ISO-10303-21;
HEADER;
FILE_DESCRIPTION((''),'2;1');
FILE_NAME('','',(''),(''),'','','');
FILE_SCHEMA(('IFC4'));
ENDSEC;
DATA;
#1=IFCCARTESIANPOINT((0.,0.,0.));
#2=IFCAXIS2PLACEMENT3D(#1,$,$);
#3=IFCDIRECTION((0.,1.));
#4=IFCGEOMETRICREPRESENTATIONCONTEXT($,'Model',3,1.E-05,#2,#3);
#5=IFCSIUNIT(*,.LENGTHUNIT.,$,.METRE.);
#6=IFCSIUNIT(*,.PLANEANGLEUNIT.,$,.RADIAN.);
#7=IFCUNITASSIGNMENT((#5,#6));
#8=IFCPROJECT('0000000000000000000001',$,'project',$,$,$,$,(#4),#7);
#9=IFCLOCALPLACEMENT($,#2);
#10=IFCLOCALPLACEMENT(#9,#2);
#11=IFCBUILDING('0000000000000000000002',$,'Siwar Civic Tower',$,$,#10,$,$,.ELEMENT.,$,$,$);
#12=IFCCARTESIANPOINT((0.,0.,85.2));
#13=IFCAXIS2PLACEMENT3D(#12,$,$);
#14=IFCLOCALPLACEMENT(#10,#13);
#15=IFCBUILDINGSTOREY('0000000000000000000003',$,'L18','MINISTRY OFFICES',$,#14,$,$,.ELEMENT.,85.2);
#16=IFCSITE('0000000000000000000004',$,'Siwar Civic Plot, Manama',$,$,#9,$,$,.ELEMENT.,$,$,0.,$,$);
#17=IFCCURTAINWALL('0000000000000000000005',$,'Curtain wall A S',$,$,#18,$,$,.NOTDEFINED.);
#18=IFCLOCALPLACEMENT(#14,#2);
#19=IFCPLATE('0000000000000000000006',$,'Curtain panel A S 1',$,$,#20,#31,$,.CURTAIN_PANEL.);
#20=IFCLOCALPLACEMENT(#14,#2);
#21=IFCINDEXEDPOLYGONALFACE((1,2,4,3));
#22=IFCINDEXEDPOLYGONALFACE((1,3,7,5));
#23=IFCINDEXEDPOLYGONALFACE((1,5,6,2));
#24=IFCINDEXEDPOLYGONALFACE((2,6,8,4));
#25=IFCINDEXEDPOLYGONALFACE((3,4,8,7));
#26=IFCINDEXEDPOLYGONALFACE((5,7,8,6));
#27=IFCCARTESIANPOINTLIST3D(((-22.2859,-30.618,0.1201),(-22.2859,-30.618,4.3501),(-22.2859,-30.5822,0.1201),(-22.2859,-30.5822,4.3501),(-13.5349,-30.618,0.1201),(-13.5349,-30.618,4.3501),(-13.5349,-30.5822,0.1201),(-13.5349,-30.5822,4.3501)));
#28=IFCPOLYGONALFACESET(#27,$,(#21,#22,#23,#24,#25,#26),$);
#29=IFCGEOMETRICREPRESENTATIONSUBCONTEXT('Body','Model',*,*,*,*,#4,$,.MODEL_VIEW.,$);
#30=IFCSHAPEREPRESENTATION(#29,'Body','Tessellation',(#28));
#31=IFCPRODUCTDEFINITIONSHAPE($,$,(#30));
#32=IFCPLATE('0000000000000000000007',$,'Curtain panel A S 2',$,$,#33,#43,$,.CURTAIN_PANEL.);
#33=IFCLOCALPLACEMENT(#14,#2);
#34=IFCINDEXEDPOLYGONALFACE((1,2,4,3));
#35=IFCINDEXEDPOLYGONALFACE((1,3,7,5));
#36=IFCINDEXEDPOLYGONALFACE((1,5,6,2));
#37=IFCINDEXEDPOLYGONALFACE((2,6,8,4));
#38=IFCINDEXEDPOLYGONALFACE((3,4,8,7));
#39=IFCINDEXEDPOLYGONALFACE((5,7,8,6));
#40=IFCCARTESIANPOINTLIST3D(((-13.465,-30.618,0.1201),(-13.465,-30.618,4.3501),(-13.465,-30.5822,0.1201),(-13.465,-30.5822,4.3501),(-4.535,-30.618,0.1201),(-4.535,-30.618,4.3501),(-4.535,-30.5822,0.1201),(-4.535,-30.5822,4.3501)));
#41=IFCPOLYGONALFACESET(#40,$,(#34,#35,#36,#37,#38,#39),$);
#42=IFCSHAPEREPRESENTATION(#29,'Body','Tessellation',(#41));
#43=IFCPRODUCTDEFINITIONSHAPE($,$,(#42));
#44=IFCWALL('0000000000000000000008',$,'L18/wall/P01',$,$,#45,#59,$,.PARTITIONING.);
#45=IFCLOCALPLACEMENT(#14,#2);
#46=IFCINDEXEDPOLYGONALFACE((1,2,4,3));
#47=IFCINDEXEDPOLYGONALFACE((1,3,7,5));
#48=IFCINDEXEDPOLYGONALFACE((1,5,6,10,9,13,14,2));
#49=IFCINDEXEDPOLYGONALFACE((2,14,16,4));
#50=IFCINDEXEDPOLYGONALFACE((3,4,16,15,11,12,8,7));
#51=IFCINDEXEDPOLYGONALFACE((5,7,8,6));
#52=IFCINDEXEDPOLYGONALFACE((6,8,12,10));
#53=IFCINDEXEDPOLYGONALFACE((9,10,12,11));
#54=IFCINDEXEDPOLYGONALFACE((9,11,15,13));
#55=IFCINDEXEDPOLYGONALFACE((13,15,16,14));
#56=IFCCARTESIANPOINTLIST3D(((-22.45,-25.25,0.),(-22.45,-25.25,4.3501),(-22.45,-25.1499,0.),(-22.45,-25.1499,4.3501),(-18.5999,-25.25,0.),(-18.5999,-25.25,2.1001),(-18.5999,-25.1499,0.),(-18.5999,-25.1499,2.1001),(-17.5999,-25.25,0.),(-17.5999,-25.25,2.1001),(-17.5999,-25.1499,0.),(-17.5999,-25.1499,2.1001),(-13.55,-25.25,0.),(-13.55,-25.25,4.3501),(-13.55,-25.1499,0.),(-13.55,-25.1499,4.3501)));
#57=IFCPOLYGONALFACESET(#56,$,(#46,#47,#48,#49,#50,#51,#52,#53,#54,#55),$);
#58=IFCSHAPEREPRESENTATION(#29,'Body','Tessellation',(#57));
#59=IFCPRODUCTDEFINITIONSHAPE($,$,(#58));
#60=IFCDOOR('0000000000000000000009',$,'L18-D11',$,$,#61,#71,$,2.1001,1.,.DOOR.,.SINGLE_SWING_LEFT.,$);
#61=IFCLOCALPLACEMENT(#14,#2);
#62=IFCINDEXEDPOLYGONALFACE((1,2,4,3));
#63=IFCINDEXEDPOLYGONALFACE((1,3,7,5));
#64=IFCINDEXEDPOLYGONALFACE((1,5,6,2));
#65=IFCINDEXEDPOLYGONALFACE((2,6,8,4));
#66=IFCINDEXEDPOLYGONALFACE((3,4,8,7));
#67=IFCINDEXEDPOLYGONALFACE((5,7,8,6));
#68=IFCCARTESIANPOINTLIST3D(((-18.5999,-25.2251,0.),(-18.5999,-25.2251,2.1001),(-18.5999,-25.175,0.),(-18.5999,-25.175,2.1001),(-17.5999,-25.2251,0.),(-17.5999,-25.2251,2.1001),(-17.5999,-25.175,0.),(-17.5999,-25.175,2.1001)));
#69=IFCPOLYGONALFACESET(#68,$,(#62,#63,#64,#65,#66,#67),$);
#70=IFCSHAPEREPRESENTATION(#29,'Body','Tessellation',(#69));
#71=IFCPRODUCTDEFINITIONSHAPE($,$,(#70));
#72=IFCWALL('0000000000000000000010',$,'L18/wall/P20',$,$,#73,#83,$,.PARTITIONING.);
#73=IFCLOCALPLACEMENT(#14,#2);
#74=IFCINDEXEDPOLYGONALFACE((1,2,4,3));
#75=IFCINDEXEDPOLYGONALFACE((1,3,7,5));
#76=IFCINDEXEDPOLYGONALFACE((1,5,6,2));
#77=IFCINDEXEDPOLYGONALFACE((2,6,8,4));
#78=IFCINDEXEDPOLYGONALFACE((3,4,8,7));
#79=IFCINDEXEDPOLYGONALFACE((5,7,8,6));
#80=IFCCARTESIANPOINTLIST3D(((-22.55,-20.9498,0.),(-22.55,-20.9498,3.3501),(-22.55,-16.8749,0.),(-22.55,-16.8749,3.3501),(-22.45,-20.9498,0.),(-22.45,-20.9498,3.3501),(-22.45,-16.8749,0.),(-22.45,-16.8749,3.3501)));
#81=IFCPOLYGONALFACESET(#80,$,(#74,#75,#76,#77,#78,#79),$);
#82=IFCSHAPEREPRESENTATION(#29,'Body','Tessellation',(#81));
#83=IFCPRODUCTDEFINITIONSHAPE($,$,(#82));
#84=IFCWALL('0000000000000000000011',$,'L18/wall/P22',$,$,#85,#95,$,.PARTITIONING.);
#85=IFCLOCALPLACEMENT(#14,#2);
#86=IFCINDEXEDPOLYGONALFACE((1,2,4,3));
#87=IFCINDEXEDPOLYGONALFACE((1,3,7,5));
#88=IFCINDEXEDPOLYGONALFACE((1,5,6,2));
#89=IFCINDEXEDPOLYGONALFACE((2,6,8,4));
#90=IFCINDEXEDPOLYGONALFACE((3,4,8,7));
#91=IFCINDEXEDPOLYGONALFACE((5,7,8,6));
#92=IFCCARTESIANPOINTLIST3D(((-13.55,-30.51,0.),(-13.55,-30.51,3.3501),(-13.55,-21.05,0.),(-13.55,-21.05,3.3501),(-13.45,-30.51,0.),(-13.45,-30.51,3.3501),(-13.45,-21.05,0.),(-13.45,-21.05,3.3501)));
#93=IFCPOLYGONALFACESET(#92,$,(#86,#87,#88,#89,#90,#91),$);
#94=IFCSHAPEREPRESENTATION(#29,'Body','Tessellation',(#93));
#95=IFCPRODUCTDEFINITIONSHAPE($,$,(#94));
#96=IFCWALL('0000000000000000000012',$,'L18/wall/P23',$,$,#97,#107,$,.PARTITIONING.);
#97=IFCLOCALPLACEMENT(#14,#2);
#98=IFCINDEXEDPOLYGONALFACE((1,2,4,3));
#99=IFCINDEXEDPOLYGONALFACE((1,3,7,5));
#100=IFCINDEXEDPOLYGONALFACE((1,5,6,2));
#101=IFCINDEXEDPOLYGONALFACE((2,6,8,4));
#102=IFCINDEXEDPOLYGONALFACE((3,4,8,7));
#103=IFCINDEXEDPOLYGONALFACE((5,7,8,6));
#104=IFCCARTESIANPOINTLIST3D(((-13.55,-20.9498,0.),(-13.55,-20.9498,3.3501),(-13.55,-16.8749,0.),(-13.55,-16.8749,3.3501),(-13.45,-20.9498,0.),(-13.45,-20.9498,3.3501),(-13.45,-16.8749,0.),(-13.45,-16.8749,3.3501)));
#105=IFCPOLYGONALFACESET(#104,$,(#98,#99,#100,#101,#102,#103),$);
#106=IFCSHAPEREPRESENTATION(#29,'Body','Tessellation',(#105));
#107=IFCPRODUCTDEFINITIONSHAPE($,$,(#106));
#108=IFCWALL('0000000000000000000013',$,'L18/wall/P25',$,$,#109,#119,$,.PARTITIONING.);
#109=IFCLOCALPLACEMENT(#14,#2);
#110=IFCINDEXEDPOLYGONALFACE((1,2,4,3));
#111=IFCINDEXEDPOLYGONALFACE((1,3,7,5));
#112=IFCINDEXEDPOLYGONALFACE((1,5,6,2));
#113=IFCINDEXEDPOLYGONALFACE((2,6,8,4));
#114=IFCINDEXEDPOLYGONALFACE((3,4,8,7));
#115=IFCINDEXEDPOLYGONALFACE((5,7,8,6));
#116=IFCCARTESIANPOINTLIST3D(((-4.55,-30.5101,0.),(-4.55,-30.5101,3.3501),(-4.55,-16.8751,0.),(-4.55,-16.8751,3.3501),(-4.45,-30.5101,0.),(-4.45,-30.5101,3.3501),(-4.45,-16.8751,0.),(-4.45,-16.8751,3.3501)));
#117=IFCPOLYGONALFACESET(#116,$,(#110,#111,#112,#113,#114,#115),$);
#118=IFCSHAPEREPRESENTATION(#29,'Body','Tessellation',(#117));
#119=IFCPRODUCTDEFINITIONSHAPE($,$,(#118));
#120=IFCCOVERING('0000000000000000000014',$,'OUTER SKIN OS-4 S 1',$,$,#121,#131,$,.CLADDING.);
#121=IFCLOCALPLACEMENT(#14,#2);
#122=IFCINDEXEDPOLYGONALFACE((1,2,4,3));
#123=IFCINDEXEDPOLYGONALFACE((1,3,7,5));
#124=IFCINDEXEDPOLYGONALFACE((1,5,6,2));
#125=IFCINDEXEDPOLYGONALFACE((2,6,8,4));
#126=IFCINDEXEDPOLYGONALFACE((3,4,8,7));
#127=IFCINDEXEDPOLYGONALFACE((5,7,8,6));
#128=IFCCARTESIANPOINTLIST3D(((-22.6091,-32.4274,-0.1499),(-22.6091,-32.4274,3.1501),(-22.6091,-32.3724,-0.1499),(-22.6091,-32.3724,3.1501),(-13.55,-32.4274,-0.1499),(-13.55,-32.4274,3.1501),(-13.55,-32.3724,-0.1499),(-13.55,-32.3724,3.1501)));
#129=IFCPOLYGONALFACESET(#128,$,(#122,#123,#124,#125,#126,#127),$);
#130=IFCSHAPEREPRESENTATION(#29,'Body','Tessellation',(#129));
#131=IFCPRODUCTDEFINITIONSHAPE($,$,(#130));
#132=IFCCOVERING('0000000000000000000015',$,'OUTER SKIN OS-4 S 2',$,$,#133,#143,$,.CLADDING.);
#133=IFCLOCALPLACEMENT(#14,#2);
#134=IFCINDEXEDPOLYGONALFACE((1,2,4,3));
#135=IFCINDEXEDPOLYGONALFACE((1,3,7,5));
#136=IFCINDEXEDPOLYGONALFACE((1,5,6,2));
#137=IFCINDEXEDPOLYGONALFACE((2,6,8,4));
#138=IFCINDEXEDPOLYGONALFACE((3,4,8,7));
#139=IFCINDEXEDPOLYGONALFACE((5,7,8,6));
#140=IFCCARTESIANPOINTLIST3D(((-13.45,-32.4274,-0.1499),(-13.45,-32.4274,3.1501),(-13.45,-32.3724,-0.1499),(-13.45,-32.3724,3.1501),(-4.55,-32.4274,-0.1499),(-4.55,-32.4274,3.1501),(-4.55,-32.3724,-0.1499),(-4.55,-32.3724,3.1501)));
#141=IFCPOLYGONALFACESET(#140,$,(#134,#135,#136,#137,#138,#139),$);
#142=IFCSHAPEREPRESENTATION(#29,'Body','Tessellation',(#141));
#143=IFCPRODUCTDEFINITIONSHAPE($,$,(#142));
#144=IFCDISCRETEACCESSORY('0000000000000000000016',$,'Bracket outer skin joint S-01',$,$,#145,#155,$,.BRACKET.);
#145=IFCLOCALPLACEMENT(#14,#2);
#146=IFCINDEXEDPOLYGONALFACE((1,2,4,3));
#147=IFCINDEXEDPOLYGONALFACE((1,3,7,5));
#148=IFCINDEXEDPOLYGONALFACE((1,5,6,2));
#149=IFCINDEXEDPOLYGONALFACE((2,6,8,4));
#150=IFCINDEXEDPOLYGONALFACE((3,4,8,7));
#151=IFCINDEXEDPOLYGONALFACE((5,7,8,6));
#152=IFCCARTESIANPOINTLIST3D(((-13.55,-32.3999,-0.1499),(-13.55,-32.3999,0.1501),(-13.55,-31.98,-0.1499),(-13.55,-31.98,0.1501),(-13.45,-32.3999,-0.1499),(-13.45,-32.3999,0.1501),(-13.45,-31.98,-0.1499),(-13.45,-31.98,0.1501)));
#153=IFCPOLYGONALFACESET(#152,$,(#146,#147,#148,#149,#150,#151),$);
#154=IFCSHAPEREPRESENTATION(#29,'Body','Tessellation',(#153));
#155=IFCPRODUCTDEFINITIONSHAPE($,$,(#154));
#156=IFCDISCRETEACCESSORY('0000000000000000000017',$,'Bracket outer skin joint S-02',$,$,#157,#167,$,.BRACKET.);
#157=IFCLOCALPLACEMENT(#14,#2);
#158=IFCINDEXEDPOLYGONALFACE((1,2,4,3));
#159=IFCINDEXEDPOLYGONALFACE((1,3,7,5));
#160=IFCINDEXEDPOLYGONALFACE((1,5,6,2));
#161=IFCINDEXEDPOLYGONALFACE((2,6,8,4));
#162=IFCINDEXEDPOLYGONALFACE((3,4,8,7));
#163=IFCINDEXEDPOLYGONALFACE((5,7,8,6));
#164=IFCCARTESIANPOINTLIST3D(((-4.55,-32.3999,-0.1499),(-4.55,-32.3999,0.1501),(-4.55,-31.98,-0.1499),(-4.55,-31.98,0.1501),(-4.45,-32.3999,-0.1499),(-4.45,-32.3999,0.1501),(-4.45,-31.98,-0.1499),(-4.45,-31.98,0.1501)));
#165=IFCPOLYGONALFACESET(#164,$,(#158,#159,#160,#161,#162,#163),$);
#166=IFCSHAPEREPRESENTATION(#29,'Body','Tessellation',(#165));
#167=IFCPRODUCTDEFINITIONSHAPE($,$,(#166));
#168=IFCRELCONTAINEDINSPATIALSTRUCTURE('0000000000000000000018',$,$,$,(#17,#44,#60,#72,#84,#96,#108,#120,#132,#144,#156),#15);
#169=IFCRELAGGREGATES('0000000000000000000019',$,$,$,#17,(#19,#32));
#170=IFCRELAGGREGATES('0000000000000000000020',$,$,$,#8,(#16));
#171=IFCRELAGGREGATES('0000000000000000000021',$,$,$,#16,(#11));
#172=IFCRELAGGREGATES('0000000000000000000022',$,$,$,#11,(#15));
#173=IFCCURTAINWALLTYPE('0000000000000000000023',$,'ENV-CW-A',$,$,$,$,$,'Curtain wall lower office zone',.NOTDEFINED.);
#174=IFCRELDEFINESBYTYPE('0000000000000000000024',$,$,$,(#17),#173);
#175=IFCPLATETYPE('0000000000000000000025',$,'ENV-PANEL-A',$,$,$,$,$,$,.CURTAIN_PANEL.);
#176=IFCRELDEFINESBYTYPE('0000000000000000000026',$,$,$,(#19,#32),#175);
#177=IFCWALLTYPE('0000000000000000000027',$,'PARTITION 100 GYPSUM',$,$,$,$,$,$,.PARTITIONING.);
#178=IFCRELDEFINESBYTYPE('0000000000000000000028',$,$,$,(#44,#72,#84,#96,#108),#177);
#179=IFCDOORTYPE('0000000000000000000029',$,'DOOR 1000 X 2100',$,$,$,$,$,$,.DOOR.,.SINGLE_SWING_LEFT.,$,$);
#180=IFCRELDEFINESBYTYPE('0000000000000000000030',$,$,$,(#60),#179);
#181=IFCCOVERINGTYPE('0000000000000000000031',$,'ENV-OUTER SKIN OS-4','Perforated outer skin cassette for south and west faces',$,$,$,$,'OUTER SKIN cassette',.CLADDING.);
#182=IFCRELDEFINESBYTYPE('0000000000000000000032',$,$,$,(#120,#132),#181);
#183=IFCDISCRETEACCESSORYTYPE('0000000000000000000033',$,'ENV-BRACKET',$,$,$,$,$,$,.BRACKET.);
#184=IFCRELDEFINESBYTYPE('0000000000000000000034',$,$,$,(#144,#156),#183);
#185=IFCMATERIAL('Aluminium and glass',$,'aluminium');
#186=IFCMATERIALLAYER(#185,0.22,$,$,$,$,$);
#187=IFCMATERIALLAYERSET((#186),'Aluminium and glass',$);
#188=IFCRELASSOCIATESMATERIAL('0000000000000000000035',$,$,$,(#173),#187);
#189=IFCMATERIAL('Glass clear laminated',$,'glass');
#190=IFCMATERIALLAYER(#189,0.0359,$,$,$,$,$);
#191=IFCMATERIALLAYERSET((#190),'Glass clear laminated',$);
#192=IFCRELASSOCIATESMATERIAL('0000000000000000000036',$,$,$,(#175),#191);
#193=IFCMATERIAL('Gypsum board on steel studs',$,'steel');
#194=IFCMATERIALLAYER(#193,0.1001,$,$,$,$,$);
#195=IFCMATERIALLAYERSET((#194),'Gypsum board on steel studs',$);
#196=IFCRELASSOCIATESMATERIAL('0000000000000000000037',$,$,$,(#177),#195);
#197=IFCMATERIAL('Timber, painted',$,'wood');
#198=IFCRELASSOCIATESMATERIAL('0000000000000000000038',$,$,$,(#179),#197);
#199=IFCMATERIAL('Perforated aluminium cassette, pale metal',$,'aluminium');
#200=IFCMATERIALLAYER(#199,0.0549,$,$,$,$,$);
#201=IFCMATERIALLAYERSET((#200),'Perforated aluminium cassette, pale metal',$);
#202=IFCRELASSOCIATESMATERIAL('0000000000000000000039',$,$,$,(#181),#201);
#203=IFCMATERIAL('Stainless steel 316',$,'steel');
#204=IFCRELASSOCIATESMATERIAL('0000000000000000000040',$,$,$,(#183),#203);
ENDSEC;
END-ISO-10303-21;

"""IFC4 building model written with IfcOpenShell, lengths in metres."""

from ifc_helpers import new_model, si_unit, direction, frame, frame_2d, origin, origin_2d, place, context, subcontext, project, spatial, rectangle, extrude, material, layer, layer_set, type_object, element, fill, aggregate, save


model = new_model("IFC4")

# Units and contexts
model_context = context("Model", 3, precision=1e-05, world=origin(), true_north=direction((0.0, 1.0)))
body_context = subcontext(model_context, "Body", "Model", "MODEL_VIEW")
ifc_project = project(units=[si_unit("LENGTHUNIT", "METRE"), si_unit("PLANEANGLEUNIT", "RADIAN")], contexts=[model_context])

# Site, building, storey
site_placement = place(None, origin())
site = spatial("IfcSite", under=ifc_project, at=site_placement, Name="Siwar Civic Plot, Manama", CompositionType="ELEMENT", RefElevation=0.0)
building_placement = place(site_placement, origin())
building = spatial("IfcBuilding", under=site, at=building_placement, Name="Siwar Civic Tower", CompositionType="ELEMENT")
storey_placement = place(building_placement, frame((0.0, 0.0, 85.2)))
storey = spatial("IfcBuildingStorey", under=building, at=storey_placement, Name="L18", Description="MINISTRY OFFICES", CompositionType="ELEMENT", Elevation=85.2)

# Curtain wall
ifc_material_1 = material(Name="Aluminium and glass", Category="aluminium")
ifc_layer_1 = layer(ifc_material_1, 0.22)
ifc_layer_set_1 = layer_set([ifc_layer_1], Name="Aluminium and glass")
curtain_wall_type = type_object("IfcCurtainWallType", Name="ENV-CW-A", ElementType="Curtain wall lower office zone", PredefinedType="NOTDEFINED", material=ifc_layer_set_1)
curtain_wall_placement = place(storey_placement, origin())
curtain_wall = element("IfcCurtainWall", 1, at=curtain_wall_placement, inside=storey, type_object=curtain_wall_type, Name="Curtain wall A S", PredefinedType="NOTDEFINED")

# Plates
ifc_material_2 = material(Name="Glass clear laminated", Category="glass")
ifc_layer_2 = layer(ifc_material_2, 0.0359)
ifc_layer_set_2 = layer_set([ifc_layer_2], Name="Glass clear laminated")
plate_type = type_object("IfcPlateType", Name="ENV-PANEL-A", PredefinedType="CURTAIN_PANEL", material=ifc_layer_set_2)
plate_1_placement = place(storey_placement, frame((-17.9104, -30.6001, 0.1201), z_axis=(0.0, 0.0, 1.0), x_axis=(1.0, 0.0, 0.0)))
plate_1 = element("IfcPlate", 2, at=plate_1_placement, type_object=plate_type, Name="Curtain panel A S 1", PredefinedType="CURTAIN_PANEL", context=body_context, shape_type="SweptSolid", body=[
    extrude(rectangle(XDim=8.751, YDim=0.0359, at=origin_2d()), origin(), (0.0, 0.0, 1.0), 4.23),
])
plate_2_placement = place(storey_placement, frame((-9.0, -30.6001, 0.1201), z_axis=(0.0, 0.0, 1.0), x_axis=(1.0, 0.0, 0.0)))
plate_2 = element("IfcPlate", 3, at=plate_2_placement, type_object=plate_type, Name="Curtain panel A S 2", PredefinedType="CURTAIN_PANEL", context=body_context, shape_type="SweptSolid", body=[
    extrude(rectangle(XDim=8.9299, YDim=0.0359, at=origin_2d()), origin(), (0.0, 0.0, 1.0), 4.23),
])
aggregate(curtain_wall, [plate_1, plate_2])

# Wall, opening, door
ifc_material_3 = material(Name="Gypsum board on steel studs", Category="steel")
ifc_layer_3 = layer(ifc_material_3, 0.1001)
ifc_layer_set_3 = layer_set([ifc_layer_3], Name="Gypsum board on steel studs")
wall_type = type_object("IfcWallType", Name="PARTITION 100 GYPSUM", PredefinedType="PARTITIONING", material=ifc_layer_set_3)
wall_1_placement = place(storey_placement, frame((-22.45, -25.2, 0.0), z_axis=(0.0, 0.0, 1.0), x_axis=(1.0, 0.0, 0.0)))
wall_1 = element("IfcWall", 4, at=wall_1_placement, inside=storey, type_object=wall_type, Name="L18/wall/P01", PredefinedType="PARTITIONING", context=body_context, shape_type="SweptSolid", body=[
    extrude(rectangle(XDim=8.8999, YDim=0.1001, at=frame_2d((4.45, 0.0))), origin(), (0.0, 0.0, 1.0), 4.3501),
])
opening_placement = place(wall_1_placement, frame((3.8501, 0.0, 0.0)))
opening = element("IfcOpeningElement", 5, at=opening_placement, cuts=wall_1, PredefinedType="OPENING", context=body_context, shape_type="SweptSolid", body=[
    extrude(rectangle(XDim=1.0, YDim=2.1001, at=frame_2d((0.5, 1.05))), frame((0.0, 0.0601, 0.0), z_axis=(0.0, -1.0, 0.0), x_axis=(1.0, 0.0, 0.0)), (0.0, 0.0, 1.0), 0.1201),
])
ifc_material_4 = material(Name="Timber, painted", Category="wood")
door_type = type_object("IfcDoorType", Name="DOOR 1000 X 2100", OperationType="SINGLE_SWING_LEFT", PredefinedType="DOOR", material=ifc_material_4)
door_placement = place(opening_placement, origin())
door = element("IfcDoor", 6, at=door_placement, inside=storey, type_object=door_type, Name="L18-D11", OperationType="SINGLE_SWING_LEFT", OverallHeight=2.1001, OverallWidth=1.0, PredefinedType="DOOR", context=body_context, shape_type="SweptSolid", body=[
    extrude(rectangle(XDim=1.0, YDim=2.1001, at=frame_2d((0.5, 1.05))), frame((0.0, 0.0249, 0.0), z_axis=(0.0, -1.0, 0.0), x_axis=(1.0, 0.0, 0.0)), (0.0, 0.0, 1.0), 0.05),
])
fill(opening, door)

# Walls
wall_2_placement = place(storey_placement, frame((-22.5, -20.95, 0.0), z_axis=(0.0, 0.0, 1.0), x_axis=(0.0, 1.0, 0.0)))
element("IfcWall", 7, at=wall_2_placement, inside=storey, type_object=wall_type, Name="L18/wall/P20", PredefinedType="PARTITIONING", context=body_context, shape_type="SweptSolid", body=[
    extrude(rectangle(XDim=4.075, YDim=0.1001, at=frame_2d((2.0376, 0.0))), origin(), (0.0, 0.0, 1.0), 3.3501),
])
wall_3_placement = place(storey_placement, frame((-13.5, -30.51, 0.0), z_axis=(0.0, 0.0, 1.0), x_axis=(0.0, 1.0, 0.0)))
element("IfcWall", 8, at=wall_3_placement, inside=storey, type_object=wall_type, Name="L18/wall/P22", PredefinedType="PARTITIONING", context=body_context, shape_type="SweptSolid", body=[
    extrude(rectangle(XDim=9.46, YDim=0.1001, at=frame_2d((4.73, 0.0))), origin(), (0.0, 0.0, 1.0), 3.3501),
])
wall_4_placement = place(storey_placement, frame((-13.5, -20.95, 0.0), z_axis=(0.0, 0.0, 1.0), x_axis=(0.0, 1.0, 0.0)))
element("IfcWall", 9, at=wall_4_placement, inside=storey, type_object=wall_type, Name="L18/wall/P23", PredefinedType="PARTITIONING", context=body_context, shape_type="SweptSolid", body=[
    extrude(rectangle(XDim=4.075, YDim=0.1001, at=frame_2d((2.0376, 0.0))), origin(), (0.0, 0.0, 1.0), 3.3501),
])
wall_5_placement = place(storey_placement, frame((-4.5, -30.51, 0.0), z_axis=(0.0, 0.0, 1.0), x_axis=(0.0, 1.0, 0.0)))
element("IfcWall", 10, at=wall_5_placement, inside=storey, type_object=wall_type, Name="L18/wall/P25", PredefinedType="PARTITIONING", context=body_context, shape_type="SweptSolid", body=[
    extrude(rectangle(XDim=13.635, YDim=0.1001, at=frame_2d((6.8174, 0.0))), origin(), (0.0, 0.0, 1.0), 3.3501),
])

# Coverings
ifc_material_5 = material(Name="Perforated aluminium cassette, pale metal", Category="aluminium")
ifc_layer_4 = layer(ifc_material_5, 0.0549)
ifc_layer_set_4 = layer_set([ifc_layer_4], Name="Perforated aluminium cassette, pale metal")
covering_type = type_object("IfcCoveringType", Name="ENV-OUTER SKIN OS-4", Description="Perforated outer skin cassette for south and west faces", ElementType="OUTER SKIN cassette", PredefinedType="CLADDING", material=ifc_layer_set_4)
covering_1_placement = place(storey_placement, frame((-18.0796, -32.3999, -0.1499), z_axis=(0.0, 0.0, 1.0), x_axis=(1.0, 0.0, 0.0)))
element("IfcCovering", 11, at=covering_1_placement, inside=storey, type_object=covering_type, Name="OUTER SKIN OS-4 S 1", PredefinedType="CLADDING", context=body_context, shape_type="SweptSolid", body=[
    extrude(rectangle(XDim=9.0591, YDim=0.0549, at=origin_2d()), origin(), (0.0, 0.0, 1.0), 3.3),
])
covering_2_placement = place(storey_placement, frame((-9.0, -32.3999, -0.1499), z_axis=(0.0, 0.0, 1.0), x_axis=(1.0, 0.0, 0.0)))
element("IfcCovering", 12, at=covering_2_placement, inside=storey, type_object=covering_type, Name="OUTER SKIN OS-4 S 2", PredefinedType="CLADDING", context=body_context, shape_type="SweptSolid", body=[
    extrude(rectangle(XDim=8.8999, YDim=0.0549, at=origin_2d()), origin(), (0.0, 0.0, 1.0), 3.3),
])

# Discrete accessories
ifc_material_6 = material(Name="Stainless steel 316", Category="steel")
discrete_accessory_type = type_object("IfcDiscreteAccessoryType", Name="ENV-BRACKET", PredefinedType="BRACKET", material=ifc_material_6)
for number, where, z_axis, x_axis, name in (
    (13, (-13.5, -32.1899, -0.1499), (0.0, 0.0, 1.0), (0.0, -1.0, 0.0), "Bracket outer skin joint S-01"),
    (14, (-4.5, -32.1899, -0.1499), (0.0, 0.0, 1.0), (0.0, -1.0, 0.0), "Bracket outer skin joint S-02"),
):
    element("IfcDiscreteAccessory", number, at=place(storey_placement, frame(where, z_axis=z_axis, x_axis=x_axis)), inside=storey, type_object=discrete_accessory_type, Name=name, PredefinedType="BRACKET", context=body_context, shape_type="SweptSolid", body=[
        extrude(rectangle(XDim=0.4199, YDim=0.1001, at=origin_2d()), origin(), (0.0, 0.0, 1.0), 0.3),
    ])

save(model, "model.ifc")
